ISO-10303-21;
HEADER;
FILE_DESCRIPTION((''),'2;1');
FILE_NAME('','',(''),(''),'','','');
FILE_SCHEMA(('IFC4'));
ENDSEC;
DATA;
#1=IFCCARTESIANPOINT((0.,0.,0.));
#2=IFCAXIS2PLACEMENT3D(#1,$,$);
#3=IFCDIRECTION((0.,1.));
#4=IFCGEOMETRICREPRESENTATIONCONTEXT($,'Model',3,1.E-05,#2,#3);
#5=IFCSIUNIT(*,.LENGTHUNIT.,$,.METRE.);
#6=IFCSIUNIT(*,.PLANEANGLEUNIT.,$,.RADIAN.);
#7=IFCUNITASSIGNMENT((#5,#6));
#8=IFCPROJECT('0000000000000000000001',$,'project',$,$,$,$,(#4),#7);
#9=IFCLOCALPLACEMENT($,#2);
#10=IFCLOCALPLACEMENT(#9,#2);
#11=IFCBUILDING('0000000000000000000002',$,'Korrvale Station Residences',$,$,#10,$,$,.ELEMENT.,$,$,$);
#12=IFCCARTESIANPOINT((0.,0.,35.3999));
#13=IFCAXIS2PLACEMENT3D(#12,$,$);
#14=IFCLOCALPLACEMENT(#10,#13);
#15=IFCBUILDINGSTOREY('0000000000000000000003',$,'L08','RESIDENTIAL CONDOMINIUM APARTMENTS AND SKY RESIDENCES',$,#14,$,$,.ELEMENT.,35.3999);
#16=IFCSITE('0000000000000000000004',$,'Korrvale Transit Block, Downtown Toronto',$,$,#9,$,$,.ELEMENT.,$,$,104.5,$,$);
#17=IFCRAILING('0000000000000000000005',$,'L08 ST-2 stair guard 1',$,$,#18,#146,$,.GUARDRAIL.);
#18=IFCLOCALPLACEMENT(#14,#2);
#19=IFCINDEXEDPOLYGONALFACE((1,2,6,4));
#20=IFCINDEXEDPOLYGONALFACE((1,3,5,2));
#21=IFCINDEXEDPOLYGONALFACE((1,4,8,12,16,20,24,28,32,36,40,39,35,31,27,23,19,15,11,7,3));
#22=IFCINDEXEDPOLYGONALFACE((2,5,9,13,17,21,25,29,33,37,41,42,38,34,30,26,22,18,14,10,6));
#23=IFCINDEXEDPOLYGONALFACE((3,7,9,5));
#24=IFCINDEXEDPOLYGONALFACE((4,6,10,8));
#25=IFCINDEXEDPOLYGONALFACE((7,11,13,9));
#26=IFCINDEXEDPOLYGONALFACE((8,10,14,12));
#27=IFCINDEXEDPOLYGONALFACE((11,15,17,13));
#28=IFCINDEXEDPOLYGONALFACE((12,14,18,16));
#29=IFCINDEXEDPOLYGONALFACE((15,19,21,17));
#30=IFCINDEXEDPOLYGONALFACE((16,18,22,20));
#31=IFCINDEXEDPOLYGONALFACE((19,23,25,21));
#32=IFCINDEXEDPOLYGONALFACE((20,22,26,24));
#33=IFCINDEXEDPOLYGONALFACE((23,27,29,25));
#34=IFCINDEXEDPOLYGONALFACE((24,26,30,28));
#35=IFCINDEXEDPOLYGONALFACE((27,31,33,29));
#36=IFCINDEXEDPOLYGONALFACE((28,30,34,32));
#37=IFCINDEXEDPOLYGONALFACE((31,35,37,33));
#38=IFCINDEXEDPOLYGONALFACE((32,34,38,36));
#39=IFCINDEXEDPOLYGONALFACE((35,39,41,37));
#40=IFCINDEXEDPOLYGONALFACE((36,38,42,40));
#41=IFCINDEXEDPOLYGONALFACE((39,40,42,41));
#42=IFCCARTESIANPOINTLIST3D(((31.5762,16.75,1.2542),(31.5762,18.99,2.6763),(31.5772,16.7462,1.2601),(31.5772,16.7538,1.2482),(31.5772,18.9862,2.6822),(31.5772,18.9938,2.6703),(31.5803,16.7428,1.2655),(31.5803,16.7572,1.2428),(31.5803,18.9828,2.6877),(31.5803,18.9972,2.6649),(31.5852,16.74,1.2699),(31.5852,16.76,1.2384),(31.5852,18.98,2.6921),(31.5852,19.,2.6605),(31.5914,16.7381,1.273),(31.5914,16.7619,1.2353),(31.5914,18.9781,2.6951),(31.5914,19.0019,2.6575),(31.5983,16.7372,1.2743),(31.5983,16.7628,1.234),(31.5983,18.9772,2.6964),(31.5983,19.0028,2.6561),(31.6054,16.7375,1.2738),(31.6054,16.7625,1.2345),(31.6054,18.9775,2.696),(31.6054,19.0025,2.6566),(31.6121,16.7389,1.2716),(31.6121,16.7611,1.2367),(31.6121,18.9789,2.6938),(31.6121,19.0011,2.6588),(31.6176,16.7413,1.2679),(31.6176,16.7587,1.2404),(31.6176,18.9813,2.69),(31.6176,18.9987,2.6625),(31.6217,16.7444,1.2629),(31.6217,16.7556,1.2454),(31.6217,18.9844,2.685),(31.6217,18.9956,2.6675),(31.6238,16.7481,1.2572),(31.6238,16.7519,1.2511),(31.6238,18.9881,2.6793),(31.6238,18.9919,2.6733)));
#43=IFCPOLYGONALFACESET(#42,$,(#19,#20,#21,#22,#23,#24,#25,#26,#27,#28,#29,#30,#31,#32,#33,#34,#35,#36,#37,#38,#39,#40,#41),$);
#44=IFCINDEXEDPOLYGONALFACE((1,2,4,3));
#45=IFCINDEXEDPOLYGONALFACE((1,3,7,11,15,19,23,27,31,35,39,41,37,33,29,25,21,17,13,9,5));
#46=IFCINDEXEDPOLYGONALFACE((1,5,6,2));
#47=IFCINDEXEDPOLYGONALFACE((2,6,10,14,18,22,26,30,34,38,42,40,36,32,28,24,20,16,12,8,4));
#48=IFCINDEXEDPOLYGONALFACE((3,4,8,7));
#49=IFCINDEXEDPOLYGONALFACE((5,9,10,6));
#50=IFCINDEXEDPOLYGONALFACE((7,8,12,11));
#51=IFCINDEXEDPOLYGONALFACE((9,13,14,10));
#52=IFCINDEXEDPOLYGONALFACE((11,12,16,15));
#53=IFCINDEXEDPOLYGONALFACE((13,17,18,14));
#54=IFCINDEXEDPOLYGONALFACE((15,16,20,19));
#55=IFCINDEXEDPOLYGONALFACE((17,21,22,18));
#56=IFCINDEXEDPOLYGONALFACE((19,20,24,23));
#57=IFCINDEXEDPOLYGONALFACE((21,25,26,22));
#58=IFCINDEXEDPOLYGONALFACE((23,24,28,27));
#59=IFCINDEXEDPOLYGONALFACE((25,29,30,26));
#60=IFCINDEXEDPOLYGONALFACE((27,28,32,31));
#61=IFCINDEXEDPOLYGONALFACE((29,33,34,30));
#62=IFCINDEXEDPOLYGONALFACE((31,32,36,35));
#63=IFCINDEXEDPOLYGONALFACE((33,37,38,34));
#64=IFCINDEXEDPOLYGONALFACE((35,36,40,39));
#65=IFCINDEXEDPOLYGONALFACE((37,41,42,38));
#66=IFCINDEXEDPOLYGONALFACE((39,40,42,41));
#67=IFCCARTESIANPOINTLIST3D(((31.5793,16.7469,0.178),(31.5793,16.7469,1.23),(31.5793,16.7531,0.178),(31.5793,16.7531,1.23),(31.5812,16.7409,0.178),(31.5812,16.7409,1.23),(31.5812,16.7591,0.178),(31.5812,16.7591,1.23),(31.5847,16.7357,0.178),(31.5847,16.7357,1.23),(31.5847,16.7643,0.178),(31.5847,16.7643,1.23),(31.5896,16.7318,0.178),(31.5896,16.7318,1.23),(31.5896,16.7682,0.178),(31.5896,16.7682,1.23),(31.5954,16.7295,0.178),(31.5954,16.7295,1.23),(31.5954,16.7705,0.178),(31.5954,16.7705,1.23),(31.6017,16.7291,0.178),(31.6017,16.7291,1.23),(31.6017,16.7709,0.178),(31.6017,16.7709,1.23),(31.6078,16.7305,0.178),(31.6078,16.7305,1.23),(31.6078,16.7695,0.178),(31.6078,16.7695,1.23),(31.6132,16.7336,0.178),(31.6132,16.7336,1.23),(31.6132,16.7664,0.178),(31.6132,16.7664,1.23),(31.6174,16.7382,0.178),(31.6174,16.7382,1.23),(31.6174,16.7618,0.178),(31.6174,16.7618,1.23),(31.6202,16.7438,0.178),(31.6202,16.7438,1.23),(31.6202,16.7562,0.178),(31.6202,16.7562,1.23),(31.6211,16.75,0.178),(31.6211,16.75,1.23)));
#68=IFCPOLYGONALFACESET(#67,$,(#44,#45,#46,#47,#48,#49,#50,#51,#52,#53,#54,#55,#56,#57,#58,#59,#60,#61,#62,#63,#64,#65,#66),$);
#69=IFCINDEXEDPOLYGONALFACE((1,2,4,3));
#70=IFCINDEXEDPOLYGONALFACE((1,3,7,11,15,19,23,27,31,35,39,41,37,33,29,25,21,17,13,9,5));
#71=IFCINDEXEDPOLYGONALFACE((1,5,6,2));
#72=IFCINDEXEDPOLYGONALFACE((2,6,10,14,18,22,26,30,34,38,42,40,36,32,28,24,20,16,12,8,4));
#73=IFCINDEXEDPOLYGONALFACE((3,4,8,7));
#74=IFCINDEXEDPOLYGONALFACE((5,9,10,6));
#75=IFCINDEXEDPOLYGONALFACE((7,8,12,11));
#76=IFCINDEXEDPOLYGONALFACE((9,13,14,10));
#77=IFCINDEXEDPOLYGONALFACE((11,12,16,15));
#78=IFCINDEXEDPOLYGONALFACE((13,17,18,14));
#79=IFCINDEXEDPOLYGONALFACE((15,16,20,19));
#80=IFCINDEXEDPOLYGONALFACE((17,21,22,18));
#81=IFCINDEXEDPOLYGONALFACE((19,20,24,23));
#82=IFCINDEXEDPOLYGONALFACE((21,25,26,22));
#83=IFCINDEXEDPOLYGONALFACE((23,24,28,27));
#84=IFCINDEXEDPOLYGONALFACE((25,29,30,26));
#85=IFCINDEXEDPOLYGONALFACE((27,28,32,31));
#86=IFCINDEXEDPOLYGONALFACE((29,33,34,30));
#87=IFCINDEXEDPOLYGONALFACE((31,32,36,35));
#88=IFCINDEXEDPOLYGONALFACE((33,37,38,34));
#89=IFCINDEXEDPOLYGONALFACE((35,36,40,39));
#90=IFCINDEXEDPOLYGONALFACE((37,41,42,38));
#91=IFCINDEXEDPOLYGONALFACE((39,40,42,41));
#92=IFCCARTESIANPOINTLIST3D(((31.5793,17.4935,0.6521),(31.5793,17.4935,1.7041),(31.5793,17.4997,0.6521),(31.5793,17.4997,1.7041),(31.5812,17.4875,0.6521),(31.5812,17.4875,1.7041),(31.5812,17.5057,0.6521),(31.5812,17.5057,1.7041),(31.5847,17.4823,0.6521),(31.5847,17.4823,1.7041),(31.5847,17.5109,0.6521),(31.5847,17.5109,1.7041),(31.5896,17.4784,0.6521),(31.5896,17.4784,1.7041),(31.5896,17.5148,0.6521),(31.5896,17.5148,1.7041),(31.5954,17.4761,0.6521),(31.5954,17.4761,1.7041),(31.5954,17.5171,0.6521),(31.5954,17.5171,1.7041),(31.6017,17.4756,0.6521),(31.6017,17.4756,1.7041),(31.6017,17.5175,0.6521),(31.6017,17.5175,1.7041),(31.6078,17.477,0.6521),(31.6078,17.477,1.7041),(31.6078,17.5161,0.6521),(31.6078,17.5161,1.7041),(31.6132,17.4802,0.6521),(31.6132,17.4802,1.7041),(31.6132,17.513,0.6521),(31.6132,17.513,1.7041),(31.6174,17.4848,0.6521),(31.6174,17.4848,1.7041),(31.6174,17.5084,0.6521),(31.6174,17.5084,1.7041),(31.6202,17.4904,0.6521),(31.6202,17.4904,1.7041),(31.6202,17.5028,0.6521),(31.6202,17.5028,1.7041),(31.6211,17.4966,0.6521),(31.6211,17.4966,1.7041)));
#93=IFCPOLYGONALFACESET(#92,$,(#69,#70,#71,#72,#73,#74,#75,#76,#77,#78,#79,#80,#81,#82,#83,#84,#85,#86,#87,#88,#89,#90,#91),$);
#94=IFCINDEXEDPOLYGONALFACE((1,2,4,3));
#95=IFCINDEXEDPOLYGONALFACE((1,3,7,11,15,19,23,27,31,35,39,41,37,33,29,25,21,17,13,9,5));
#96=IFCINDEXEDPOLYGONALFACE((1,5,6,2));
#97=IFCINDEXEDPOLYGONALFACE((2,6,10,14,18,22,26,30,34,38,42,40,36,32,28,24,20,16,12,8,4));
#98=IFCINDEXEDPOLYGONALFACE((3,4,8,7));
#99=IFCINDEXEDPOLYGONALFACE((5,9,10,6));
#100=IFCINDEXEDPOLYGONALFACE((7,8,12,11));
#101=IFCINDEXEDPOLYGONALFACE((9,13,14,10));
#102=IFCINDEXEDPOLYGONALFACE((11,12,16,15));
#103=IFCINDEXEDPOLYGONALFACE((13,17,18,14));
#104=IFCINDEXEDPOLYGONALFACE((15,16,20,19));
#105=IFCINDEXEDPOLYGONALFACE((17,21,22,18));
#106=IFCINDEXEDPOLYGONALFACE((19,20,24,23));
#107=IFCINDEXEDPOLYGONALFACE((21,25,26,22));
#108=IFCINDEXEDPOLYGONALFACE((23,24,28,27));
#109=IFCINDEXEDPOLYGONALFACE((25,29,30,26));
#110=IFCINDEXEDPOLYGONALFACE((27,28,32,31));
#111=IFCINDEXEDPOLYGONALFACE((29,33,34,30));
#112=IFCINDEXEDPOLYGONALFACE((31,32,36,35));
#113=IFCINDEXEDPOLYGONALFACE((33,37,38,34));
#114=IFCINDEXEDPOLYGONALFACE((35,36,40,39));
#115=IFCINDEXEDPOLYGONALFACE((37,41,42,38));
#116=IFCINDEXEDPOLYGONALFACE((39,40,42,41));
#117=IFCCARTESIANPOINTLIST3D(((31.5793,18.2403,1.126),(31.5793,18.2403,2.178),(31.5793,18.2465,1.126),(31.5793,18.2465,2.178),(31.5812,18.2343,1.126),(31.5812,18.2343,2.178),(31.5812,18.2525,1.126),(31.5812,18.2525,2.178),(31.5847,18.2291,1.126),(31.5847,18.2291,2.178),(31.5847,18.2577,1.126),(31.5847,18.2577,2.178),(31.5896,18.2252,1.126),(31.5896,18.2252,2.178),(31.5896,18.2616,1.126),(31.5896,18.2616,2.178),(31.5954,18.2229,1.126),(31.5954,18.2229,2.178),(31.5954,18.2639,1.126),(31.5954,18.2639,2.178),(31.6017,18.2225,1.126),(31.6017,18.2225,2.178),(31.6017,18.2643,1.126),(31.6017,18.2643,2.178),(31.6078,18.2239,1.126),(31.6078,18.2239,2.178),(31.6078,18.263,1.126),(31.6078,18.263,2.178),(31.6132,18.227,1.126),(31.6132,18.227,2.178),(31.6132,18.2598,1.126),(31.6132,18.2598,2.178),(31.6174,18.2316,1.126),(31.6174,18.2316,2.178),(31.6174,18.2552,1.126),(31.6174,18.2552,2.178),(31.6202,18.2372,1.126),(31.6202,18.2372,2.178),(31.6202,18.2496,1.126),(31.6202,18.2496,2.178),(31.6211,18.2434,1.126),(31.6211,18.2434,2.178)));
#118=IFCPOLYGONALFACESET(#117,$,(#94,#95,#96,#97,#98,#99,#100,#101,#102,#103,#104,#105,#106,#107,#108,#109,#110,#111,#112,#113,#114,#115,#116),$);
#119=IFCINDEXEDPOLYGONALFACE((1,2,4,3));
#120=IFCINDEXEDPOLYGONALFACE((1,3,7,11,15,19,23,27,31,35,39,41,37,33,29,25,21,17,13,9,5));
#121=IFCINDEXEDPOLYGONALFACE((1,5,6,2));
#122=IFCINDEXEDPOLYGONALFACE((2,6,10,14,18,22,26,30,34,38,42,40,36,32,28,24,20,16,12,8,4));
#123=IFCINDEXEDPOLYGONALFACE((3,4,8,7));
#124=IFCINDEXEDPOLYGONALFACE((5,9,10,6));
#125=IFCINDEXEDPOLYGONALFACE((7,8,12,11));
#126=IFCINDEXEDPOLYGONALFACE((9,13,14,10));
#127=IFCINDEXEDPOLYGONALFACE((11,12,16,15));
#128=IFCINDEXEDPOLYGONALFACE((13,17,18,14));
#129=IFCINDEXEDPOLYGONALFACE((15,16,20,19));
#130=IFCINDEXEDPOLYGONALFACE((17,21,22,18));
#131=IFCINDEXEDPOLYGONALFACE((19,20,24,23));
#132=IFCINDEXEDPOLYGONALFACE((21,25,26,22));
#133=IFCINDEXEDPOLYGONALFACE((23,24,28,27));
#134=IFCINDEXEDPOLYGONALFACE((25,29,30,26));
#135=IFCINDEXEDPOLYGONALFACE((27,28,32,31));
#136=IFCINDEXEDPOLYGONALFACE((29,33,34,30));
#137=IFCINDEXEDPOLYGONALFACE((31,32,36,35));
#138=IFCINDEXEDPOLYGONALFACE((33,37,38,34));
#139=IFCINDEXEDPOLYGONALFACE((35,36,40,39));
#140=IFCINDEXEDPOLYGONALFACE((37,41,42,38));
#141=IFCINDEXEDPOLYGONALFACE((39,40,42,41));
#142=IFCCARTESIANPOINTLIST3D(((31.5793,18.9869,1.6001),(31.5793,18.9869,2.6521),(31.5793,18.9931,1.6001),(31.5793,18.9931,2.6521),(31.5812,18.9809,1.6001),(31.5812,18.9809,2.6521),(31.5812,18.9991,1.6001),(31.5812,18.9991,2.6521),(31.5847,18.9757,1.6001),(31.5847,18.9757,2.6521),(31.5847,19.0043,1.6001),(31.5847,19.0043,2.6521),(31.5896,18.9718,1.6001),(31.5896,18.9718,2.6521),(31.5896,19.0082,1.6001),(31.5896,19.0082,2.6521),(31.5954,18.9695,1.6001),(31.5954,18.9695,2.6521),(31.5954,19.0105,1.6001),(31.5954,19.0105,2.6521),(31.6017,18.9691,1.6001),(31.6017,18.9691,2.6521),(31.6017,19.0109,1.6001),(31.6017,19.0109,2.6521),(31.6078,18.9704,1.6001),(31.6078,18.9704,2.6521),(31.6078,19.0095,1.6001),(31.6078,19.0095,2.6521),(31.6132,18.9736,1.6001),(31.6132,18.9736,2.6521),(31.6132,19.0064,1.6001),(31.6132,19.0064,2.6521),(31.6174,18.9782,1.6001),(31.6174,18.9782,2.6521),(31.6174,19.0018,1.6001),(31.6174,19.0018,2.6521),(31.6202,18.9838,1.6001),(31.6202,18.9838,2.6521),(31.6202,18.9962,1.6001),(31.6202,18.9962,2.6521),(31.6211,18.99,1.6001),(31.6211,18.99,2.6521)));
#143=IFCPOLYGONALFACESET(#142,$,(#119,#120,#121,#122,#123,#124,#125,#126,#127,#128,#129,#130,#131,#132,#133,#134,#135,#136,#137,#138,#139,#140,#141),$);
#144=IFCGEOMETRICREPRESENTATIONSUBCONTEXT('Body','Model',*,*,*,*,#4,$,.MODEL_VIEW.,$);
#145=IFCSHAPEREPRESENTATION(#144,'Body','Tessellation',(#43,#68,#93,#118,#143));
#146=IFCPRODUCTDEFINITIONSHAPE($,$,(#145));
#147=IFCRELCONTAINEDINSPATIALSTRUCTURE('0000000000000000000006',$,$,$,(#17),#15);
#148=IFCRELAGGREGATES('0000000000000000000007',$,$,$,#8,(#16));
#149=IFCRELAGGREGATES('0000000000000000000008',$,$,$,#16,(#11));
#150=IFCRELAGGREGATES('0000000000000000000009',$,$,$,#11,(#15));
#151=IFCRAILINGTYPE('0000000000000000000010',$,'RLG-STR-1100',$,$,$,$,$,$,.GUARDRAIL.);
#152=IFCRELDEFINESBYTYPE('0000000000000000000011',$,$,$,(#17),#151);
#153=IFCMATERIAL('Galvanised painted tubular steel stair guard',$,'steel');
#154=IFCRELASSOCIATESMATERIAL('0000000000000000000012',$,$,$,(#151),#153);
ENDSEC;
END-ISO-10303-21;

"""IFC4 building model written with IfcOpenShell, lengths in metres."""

from ifc_helpers import new_model, si_unit, direction, frame, origin, origin_2d, place, context, subcontext, project, spatial, circle, extrude, material, type_object, element, save


model = new_model("IFC4")

# Units and contexts
model_context = context("Model", 3, precision=1e-05, world=origin(), true_north=direction((0.0, 1.0)))
body_context = subcontext(model_context, "Body", "Model", "MODEL_VIEW")
ifc_project = project(units=[si_unit("LENGTHUNIT", "METRE"), si_unit("PLANEANGLEUNIT", "RADIAN")], contexts=[model_context])

# Site, building, storey
site_placement = place(None, origin())
site = spatial("IfcSite", under=ifc_project, at=site_placement, Name="Korrvale Transit Block, Downtown Toronto", CompositionType="ELEMENT", RefElevation=104.5)
building_placement = place(site_placement, origin())
building = spatial("IfcBuilding", under=site, at=building_placement, Name="Korrvale Station Residences", CompositionType="ELEMENT")
storey_placement = place(building_placement, frame((0.0, 0.0, 35.3999)))
storey = spatial("IfcBuildingStorey", under=building, at=storey_placement, Name="L08", Description="RESIDENTIAL CONDOMINIUM APARTMENTS AND SKY RESIDENCES", CompositionType="ELEMENT", Elevation=35.3999)

# Railing
ifc_material_1 = material(Name="Galvanised painted tubular steel stair guard", Category="steel")
railing_type_1 = type_object("IfcRailingType", Name="RLG-STR-1100", PredefinedType="GUARDRAIL", material=ifc_material_1)
railing_1_placement = place(storey_placement, frame((31.6001, 16.75, 0.178)))
element("IfcRailing", 1, at=railing_1_placement, inside=storey, type_object=railing_type_1, Name="L08 ST-2 stair guard 1", PredefinedType="GUARDRAIL", context=body_context, shape_type="SweptSolid", body=[
    extrude(circle(Radius=0.0239, at=origin_2d()), frame((0.0, 0.0, 1.0762), z_axis=(0.0, 0.844229, 0.535982), x_axis=(-1.0, 0.0, 0.0)), (0.0, 0.0, 1.0), 2.6533),
    extrude(circle(Radius=0.021, at=origin_2d()), origin(), (0.0, 0.0, 1.0), 1.052),
    extrude(circle(Radius=0.021, at=origin_2d()), frame((0.0, 0.7466, 0.4741)), (0.0, 0.0, 1.0), 1.052),
    extrude(circle(Radius=0.021, at=origin_2d()), frame((0.0, 1.4934, 0.948)), (0.0, 0.0, 1.0), 1.052),
    extrude(circle(Radius=0.021, at=origin_2d()), frame((0.0, 2.24, 1.4221)), (0.0, 0.0, 1.0), 1.052),
])

save(model, "model.ifc")
